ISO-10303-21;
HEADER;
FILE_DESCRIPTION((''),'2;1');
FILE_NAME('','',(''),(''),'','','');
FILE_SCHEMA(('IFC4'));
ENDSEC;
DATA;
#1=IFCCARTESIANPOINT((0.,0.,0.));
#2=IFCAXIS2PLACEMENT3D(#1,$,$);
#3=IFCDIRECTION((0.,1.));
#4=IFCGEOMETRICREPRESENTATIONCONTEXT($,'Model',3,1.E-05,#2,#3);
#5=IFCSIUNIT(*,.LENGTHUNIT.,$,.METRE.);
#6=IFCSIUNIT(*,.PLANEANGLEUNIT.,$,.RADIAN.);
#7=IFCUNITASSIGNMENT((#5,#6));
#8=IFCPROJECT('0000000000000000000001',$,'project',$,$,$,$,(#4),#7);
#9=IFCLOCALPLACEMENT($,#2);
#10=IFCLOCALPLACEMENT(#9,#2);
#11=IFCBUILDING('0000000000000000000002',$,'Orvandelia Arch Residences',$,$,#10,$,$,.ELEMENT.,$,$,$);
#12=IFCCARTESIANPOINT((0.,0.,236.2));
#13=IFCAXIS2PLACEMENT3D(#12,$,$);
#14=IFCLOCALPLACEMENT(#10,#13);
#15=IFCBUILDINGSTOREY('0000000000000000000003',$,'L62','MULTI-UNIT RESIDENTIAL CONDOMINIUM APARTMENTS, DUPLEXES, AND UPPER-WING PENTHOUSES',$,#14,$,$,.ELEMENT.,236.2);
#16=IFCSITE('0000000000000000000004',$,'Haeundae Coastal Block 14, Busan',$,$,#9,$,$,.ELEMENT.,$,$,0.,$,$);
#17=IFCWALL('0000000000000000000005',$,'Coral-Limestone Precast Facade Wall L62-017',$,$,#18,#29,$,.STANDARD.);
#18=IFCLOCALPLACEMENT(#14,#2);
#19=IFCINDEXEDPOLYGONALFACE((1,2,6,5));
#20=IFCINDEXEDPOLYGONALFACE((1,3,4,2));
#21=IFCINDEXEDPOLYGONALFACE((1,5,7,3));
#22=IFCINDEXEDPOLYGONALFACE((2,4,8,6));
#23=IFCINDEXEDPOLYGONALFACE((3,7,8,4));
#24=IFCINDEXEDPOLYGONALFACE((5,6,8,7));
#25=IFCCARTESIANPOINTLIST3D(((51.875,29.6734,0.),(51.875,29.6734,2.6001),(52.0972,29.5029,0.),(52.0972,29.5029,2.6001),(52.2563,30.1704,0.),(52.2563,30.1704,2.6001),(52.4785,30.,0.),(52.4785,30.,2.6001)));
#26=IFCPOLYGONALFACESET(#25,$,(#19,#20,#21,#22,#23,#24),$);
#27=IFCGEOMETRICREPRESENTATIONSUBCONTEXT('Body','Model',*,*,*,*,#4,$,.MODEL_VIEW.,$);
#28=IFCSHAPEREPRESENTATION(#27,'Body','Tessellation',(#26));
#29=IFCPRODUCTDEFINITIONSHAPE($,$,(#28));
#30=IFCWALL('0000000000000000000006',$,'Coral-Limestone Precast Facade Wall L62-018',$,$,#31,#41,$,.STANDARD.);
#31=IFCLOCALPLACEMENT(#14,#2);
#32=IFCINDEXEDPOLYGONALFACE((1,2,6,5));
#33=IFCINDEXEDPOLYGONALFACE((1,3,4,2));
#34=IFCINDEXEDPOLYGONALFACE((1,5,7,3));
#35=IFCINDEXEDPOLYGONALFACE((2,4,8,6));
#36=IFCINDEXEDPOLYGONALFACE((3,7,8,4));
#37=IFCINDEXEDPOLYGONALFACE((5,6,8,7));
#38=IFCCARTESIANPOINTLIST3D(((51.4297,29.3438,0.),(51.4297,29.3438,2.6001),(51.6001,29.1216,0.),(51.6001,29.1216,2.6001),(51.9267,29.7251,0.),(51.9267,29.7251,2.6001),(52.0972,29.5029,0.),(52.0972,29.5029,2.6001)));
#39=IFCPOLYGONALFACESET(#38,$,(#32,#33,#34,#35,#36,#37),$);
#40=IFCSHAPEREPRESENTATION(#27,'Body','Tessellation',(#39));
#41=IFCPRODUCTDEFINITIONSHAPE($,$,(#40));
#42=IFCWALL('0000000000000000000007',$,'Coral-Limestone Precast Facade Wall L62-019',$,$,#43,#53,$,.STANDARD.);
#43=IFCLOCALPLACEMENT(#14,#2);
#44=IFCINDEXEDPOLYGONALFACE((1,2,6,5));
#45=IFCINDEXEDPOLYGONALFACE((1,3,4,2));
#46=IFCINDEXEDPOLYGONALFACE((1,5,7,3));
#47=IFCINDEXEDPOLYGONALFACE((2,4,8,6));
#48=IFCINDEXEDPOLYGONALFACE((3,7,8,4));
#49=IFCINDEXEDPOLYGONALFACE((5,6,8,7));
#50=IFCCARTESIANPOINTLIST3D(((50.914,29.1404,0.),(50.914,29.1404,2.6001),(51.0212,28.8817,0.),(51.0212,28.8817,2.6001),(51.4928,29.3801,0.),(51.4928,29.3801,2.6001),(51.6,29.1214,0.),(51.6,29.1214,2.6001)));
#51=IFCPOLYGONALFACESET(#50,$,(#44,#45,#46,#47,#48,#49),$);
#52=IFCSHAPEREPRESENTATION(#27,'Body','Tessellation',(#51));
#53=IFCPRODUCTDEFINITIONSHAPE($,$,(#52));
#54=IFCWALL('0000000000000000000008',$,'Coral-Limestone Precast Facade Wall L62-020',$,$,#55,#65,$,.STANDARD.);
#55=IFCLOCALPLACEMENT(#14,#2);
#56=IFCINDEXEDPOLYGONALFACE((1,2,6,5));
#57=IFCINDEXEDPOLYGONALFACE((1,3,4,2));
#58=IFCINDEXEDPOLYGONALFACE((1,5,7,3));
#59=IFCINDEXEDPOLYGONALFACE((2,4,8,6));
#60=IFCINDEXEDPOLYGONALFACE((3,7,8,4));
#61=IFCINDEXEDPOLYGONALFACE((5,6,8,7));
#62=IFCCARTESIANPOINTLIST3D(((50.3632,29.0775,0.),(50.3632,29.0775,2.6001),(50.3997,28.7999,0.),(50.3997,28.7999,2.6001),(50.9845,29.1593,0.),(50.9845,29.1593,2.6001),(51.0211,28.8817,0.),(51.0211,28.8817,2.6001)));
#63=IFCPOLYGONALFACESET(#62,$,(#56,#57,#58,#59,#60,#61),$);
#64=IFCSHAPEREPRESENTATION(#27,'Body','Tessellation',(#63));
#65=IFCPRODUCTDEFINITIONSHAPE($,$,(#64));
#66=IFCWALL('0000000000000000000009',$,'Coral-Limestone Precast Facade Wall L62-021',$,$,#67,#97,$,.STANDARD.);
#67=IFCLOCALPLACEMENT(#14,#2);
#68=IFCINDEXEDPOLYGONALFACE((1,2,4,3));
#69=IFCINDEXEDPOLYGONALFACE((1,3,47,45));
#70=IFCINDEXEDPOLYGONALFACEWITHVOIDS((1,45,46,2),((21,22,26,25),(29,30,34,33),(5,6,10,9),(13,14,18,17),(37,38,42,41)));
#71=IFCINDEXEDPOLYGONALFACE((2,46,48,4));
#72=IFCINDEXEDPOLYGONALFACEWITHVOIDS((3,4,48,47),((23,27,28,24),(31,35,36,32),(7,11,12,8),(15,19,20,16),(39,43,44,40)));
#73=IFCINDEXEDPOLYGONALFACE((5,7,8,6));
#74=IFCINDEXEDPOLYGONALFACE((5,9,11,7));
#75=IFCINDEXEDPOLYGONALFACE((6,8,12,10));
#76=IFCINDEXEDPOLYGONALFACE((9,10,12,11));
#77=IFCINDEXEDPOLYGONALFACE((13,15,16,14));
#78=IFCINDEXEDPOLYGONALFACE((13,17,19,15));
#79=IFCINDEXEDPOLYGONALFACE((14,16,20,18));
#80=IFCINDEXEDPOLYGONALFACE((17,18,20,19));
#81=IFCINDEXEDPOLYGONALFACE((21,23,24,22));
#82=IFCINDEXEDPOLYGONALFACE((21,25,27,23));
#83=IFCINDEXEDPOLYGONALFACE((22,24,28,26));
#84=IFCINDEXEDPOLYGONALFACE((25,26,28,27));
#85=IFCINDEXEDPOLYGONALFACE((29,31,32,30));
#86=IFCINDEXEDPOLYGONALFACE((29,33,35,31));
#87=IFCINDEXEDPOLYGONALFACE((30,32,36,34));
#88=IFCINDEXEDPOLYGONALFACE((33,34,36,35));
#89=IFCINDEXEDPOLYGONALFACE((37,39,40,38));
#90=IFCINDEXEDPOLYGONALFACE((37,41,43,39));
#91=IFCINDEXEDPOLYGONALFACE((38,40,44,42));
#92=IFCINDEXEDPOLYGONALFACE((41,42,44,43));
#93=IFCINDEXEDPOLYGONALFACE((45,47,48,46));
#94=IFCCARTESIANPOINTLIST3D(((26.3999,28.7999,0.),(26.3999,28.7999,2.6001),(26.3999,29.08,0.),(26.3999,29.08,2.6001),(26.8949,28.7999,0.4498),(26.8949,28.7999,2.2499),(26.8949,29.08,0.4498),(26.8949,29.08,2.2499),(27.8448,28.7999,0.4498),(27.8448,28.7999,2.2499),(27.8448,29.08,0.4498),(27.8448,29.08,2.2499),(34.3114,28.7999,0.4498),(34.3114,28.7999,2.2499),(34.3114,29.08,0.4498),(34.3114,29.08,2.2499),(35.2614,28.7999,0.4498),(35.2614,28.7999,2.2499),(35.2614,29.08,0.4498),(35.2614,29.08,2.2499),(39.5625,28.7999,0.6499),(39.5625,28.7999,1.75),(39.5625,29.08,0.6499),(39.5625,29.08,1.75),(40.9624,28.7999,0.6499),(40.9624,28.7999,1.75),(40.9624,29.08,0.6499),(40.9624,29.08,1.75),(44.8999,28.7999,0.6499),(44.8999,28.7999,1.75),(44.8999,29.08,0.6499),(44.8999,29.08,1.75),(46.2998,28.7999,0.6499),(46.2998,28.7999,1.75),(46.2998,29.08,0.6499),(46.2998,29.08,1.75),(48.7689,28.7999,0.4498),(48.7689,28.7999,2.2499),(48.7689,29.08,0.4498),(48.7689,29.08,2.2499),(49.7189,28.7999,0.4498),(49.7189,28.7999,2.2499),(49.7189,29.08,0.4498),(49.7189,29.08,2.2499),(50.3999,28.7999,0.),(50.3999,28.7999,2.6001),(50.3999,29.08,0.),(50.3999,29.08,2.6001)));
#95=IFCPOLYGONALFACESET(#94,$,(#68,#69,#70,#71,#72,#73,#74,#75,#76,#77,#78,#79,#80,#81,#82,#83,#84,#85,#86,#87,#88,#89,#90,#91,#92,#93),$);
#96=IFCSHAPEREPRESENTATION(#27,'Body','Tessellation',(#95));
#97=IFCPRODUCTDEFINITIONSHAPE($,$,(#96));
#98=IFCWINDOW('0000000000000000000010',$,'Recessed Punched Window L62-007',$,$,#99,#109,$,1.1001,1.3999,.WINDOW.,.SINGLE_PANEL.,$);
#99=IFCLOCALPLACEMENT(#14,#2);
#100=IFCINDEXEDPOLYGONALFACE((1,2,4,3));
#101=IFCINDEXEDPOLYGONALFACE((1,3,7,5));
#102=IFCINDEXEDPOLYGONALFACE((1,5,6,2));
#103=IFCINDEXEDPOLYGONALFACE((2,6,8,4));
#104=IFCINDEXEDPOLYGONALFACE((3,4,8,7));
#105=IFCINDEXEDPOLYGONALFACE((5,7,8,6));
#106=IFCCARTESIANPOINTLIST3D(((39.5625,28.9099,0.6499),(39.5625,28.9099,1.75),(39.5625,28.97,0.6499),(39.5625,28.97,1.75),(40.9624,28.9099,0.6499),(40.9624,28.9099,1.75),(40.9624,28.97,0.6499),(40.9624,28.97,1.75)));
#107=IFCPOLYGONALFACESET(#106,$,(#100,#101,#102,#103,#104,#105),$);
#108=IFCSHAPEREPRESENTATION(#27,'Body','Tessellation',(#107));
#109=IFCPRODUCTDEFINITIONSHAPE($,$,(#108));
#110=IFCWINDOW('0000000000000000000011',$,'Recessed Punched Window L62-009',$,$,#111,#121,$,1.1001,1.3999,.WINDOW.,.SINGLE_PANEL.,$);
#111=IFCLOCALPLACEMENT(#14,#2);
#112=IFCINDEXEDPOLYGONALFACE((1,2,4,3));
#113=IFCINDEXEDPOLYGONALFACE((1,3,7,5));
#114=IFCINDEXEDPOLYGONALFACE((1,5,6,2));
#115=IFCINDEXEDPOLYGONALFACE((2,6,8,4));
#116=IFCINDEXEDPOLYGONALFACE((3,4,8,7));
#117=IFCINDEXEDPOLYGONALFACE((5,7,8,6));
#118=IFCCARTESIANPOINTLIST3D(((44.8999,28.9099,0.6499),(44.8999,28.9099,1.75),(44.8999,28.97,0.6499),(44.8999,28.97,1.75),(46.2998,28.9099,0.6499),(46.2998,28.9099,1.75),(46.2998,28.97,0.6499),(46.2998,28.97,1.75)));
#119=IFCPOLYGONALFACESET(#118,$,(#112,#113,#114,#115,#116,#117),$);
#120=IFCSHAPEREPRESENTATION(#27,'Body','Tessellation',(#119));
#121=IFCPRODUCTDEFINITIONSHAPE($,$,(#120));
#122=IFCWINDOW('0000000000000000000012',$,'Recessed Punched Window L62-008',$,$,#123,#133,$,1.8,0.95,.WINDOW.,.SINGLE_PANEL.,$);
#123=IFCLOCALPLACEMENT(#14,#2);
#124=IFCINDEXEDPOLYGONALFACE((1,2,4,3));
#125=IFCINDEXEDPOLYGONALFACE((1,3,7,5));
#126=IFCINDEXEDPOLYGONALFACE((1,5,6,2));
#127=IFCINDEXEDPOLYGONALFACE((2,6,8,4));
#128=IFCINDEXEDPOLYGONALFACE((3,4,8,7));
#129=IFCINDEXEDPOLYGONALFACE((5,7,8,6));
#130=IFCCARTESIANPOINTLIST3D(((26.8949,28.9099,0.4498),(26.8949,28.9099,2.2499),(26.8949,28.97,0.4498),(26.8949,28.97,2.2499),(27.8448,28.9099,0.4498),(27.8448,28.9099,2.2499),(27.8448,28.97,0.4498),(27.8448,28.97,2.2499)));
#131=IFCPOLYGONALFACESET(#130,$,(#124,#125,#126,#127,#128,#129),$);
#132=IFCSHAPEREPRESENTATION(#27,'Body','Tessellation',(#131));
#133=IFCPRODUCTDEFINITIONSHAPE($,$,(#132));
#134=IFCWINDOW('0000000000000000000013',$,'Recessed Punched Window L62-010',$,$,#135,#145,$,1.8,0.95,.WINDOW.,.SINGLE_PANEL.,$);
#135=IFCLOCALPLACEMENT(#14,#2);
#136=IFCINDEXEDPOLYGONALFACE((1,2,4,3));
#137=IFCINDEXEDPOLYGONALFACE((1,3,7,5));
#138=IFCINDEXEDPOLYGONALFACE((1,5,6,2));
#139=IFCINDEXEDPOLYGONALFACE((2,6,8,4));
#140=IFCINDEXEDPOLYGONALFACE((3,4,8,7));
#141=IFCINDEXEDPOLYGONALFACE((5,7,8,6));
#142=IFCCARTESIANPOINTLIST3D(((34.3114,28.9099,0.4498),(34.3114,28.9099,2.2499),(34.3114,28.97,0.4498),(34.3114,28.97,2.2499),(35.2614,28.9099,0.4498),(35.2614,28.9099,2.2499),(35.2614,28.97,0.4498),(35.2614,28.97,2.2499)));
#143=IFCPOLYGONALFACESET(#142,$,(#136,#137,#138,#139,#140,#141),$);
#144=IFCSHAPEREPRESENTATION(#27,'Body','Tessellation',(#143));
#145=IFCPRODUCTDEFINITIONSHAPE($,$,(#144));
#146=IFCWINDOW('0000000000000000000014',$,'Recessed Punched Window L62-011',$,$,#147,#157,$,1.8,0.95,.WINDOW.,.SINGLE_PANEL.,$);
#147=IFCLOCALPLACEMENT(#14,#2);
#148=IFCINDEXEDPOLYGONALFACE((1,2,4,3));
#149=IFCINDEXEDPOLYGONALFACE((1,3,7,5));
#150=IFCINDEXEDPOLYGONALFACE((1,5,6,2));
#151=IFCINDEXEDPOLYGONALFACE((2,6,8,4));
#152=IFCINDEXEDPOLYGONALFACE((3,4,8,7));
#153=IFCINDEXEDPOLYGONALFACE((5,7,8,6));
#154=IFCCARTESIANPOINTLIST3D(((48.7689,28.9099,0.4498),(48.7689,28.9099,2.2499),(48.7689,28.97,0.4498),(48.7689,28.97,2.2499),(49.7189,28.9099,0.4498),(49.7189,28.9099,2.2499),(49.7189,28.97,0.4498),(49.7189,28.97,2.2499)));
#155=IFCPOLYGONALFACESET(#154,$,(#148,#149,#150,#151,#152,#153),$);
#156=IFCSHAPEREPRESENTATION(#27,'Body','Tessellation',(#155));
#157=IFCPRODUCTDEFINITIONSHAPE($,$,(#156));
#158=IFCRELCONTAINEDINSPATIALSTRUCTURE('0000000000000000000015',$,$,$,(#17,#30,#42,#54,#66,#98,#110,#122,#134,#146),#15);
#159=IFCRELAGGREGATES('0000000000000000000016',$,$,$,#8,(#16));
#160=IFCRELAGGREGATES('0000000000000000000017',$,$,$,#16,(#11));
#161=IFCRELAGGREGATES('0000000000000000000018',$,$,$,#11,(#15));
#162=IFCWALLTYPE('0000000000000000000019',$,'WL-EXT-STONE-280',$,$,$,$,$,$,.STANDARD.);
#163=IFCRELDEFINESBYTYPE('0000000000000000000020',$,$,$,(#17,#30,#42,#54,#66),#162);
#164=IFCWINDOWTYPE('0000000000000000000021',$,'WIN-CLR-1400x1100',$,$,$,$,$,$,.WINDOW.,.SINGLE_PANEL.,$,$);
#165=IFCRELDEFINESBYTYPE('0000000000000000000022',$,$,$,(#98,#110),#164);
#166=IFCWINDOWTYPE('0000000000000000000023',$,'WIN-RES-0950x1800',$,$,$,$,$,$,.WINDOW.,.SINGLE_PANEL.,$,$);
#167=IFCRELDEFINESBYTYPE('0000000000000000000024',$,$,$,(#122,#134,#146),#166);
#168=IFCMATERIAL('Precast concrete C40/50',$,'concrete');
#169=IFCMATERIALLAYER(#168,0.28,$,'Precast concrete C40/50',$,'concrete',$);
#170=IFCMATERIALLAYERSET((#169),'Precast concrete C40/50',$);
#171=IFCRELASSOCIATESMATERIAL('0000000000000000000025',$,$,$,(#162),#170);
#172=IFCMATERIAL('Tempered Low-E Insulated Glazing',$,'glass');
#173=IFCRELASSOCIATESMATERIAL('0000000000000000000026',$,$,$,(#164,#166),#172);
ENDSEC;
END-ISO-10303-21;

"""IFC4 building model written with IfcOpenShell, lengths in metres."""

from ifc_helpers import new_model, si_unit, direction, frame, frame_2d, origin, place, context, subcontext, project, spatial, rectangle, extrude, material, layer, layer_set, type_object, element, fill, save


model = new_model("IFC4")

# Units and contexts
model_context = context("Model", 3, precision=1e-05, world=origin(), true_north=direction((0.0, 1.0)))
body_context = subcontext(model_context, "Body", "Model", "MODEL_VIEW")
ifc_project = project(units=[si_unit("LENGTHUNIT", "METRE"), si_unit("PLANEANGLEUNIT", "RADIAN")], contexts=[model_context])

# Site, building, storey
site_placement = place(None, origin())
site = spatial("IfcSite", under=ifc_project, at=site_placement, Name="Haeundae Coastal Block 14, Busan", CompositionType="ELEMENT", RefElevation=0.0)
building_placement = place(site_placement, origin())
building = spatial("IfcBuilding", under=site, at=building_placement, Name="Orvandelia Arch Residences", CompositionType="ELEMENT")
storey_placement = place(building_placement, frame((0.0, 0.0, 236.2)))
storey = spatial("IfcBuildingStorey", under=building, at=storey_placement, Name="L62", Description="MULTI-UNIT RESIDENTIAL CONDOMINIUM APARTMENTS, DUPLEXES, AND UPPER-WING PENTHOUSES", CompositionType="ELEMENT", Elevation=236.2)

# Walls
ifc_material_1 = material(Name="Precast concrete C40/50", Category="concrete")
ifc_layer_1 = layer(ifc_material_1, 0.28, Name="Precast concrete C40/50", Category="concrete")
ifc_layer_set_1 = layer_set([ifc_layer_1], Name="Precast concrete C40/50")
wall_type_1 = type_object("IfcWallType", Name="WL-EXT-STONE-280", PredefinedType="STANDARD", material=ifc_layer_set_1)
for number, where, z_axis, x_axis, name in (
    (1, (52.3674, 30.0852, 0.0), (0.0, 0.0, 1.0), (-0.608693, -0.793406, 0.0), "Coral-Limestone Precast Facade Wall L62-017"),
    (2, (52.012, 29.614, 0.0), (0.0, 0.0, 1.0), (-0.793406, -0.608693, 0.0), "Coral-Limestone Precast Facade Wall L62-018"),
    (3, (51.5464, 29.2507, 0.0), (0.0, 0.0, 1.0), (-0.923893, -0.38265, 0.0), "Coral-Limestone Precast Facade Wall L62-019"),
):
    element("IfcWall", number, at=place(storey_placement, frame(where, z_axis=z_axis, x_axis=x_axis)), inside=storey, type_object=wall_type_1, Name=name, PredefinedType="STANDARD", context=body_context, shape_type="SweptSolid", body=[
        extrude(rectangle(XDim=0.6265, YDim=0.28, at=frame_2d((0.3132, 0.0))), origin(), (0.0, 0.0, 1.0), 2.6001),
    ])
wall_1_placement = place(storey_placement, frame((51.0029, 29.0205, 0.0), z_axis=(0.0, 0.0, 1.0), x_axis=(-0.991448, -0.130505, 0.0)))
element("IfcWall", 4, at=wall_1_placement, inside=storey, type_object=wall_type_1, Name="Coral-Limestone Precast Facade Wall L62-020", PredefinedType="STANDARD", context=body_context, shape_type="SweptSolid", body=[
    extrude(rectangle(XDim=0.6267, YDim=0.28, at=frame_2d((0.3135, 0.0))), origin(), (0.0, 0.0, 1.0), 2.6001),
])

# Wall, openings, windows
wall_2_placement = place(storey_placement, frame((50.3999, 28.9399, 0.0), z_axis=(0.0, 0.0, 1.0), x_axis=(-1.0, 0.0, 0.0)))
wall_2 = element("IfcWall", 5, at=wall_2_placement, inside=storey, type_object=wall_type_1, Name="Coral-Limestone Precast Facade Wall L62-021", PredefinedType="STANDARD", context=body_context, shape_type="SweptSolid", body=[
    extrude(rectangle(XDim=24.0, YDim=0.28, at=frame_2d((12.0, 0.0))), origin(), (0.0, 0.0, 1.0), 2.6001),
])
opening_1_placement = place(wall_2_placement, frame((9.4375, 0.0, 0.6499)))
opening_1 = element("IfcOpeningElement", 6, at=opening_1_placement, cuts=wall_2, PredefinedType="OPENING", context=body_context, shape_type="SweptSolid", body=[
    extrude(rectangle(XDim=1.3999, YDim=1.1001, at=frame_2d((0.7, 0.55))), frame((0.0, 0.1499, 0.0), z_axis=(0.0, -1.0, 0.0), x_axis=(1.0, 0.0, 0.0)), (0.0, 0.0, 1.0), 0.3),
])
opening_2_placement = place(wall_2_placement, frame((22.5549, 0.0, 0.45)))
opening_2 = element("IfcOpeningElement", 7, at=opening_2_placement, cuts=wall_2, PredefinedType="OPENING", context=body_context, shape_type="SweptSolid", body=[
    extrude(rectangle(XDim=0.95, YDim=1.8, at=frame_2d((0.4751, 0.8999))), frame((0.0, 0.1499, 0.0), z_axis=(0.0, -1.0, 0.0), x_axis=(1.0, 0.0, 0.0)), (0.0, 0.0, 1.0), 0.3),
])
opening_3_placement = place(wall_2_placement, frame((4.1001, 0.0, 0.6499)))
opening_3 = element("IfcOpeningElement", 8, at=opening_3_placement, cuts=wall_2, PredefinedType="OPENING", context=body_context, shape_type="SweptSolid", body=[
    extrude(rectangle(XDim=1.3999, YDim=1.1001, at=frame_2d((0.7, 0.55))), frame((0.0, 0.1499, 0.0), z_axis=(0.0, -1.0, 0.0), x_axis=(1.0, 0.0, 0.0)), (0.0, 0.0, 1.0), 0.3),
])
opening_4_placement = place(wall_2_placement, frame((15.1384, 0.0, 0.45)))
opening_4 = element("IfcOpeningElement", 9, at=opening_4_placement, cuts=wall_2, PredefinedType="OPENING", context=body_context, shape_type="SweptSolid", body=[
    extrude(rectangle(XDim=0.95, YDim=1.8, at=frame_2d((0.4751, 0.8999))), frame((0.0, 0.1499, 0.0), z_axis=(0.0, -1.0, 0.0), x_axis=(1.0, 0.0, 0.0)), (0.0, 0.0, 1.0), 0.3),
])
opening_5_placement = place(wall_2_placement, frame((0.6809, 0.0, 0.45)))
opening_5 = element("IfcOpeningElement", 10, at=opening_5_placement, cuts=wall_2, PredefinedType="OPENING", context=body_context, shape_type="SweptSolid", body=[
    extrude(rectangle(XDim=0.95, YDim=1.8, at=frame_2d((0.4751, 0.8999))), frame((0.0, 0.1499, 0.0), z_axis=(0.0, -1.0, 0.0), x_axis=(1.0, 0.0, 0.0)), (0.0, 0.0, 1.0), 0.3),
])
ifc_material_2 = material(Name="Tempered Low-E Insulated Glazing", Category="glass")
window_type_1 = type_object("IfcWindowType", Name="WIN-CLR-1400x1100", PartitioningType="SINGLE_PANEL", PredefinedType="WINDOW", material=ifc_material_2)
window_1_placement = place(opening_1_placement, origin())
window_1 = element("IfcWindow", 11, at=window_1_placement, inside=storey, type_object=window_type_1, Name="Recessed Punched Window L62-007", OverallHeight=1.1001, OverallWidth=1.3999, PartitioningType="SINGLE_PANEL", PredefinedType="WINDOW", context=body_context, shape_type="SweptSolid", body=[
    extrude(rectangle(XDim=1.3999, YDim=1.1001, at=frame_2d((0.7, 0.55))), frame((0.0, 0.03, 0.0), z_axis=(0.0, -1.0, 0.0), x_axis=(1.0, 0.0, 0.0)), (0.0, 0.0, 1.0), 0.0601),
])
fill(opening_1, window_1)
window_2_placement = place(opening_3_placement, origin())
window_2 = element("IfcWindow", 12, at=window_2_placement, inside=storey, type_object=window_type_1, Name="Recessed Punched Window L62-009", OverallHeight=1.1001, OverallWidth=1.3999, PartitioningType="SINGLE_PANEL", PredefinedType="WINDOW", context=body_context, shape_type="SweptSolid", body=[
    extrude(rectangle(XDim=1.3999, YDim=1.1001, at=frame_2d((0.7, 0.55))), frame((0.0, 0.03, 0.0), z_axis=(0.0, -1.0, 0.0), x_axis=(1.0, 0.0, 0.0)), (0.0, 0.0, 1.0), 0.0601),
])
fill(opening_3, window_2)
window_type_2 = type_object("IfcWindowType", Name="WIN-RES-0950x1800", PartitioningType="SINGLE_PANEL", PredefinedType="WINDOW", material=ifc_material_2)
window_3_placement = place(opening_2_placement, origin())
window_3 = element("IfcWindow", 13, at=window_3_placement, inside=storey, type_object=window_type_2, Name="Recessed Punched Window L62-008", OverallHeight=1.8, OverallWidth=0.95, PartitioningType="SINGLE_PANEL", PredefinedType="WINDOW", context=body_context, shape_type="SweptSolid", body=[
    extrude(rectangle(XDim=0.95, YDim=1.8, at=frame_2d((0.4751, 0.8999))), frame((0.0, 0.03, 0.0), z_axis=(0.0, -1.0, 0.0), x_axis=(1.0, 0.0, 0.0)), (0.0, 0.0, 1.0), 0.0601),
])
fill(opening_2, window_3)
window_4_placement = place(opening_4_placement, origin())
window_4 = element("IfcWindow", 14, at=window_4_placement, inside=storey, type_object=window_type_2, Name="Recessed Punched Window L62-010", OverallHeight=1.8, OverallWidth=0.95, PartitioningType="SINGLE_PANEL", PredefinedType="WINDOW", context=body_context, shape_type="SweptSolid", body=[
    extrude(rectangle(XDim=0.95, YDim=1.8, at=frame_2d((0.4751, 0.8999))), frame((0.0, 0.03, 0.0), z_axis=(0.0, -1.0, 0.0), x_axis=(1.0, 0.0, 0.0)), (0.0, 0.0, 1.0), 0.0601),
])
fill(opening_4, window_4)
window_5_placement = place(opening_5_placement, origin())
window_5 = element("IfcWindow", 15, at=window_5_placement, inside=storey, type_object=window_type_2, Name="Recessed Punched Window L62-011", OverallHeight=1.8, OverallWidth=0.95, PartitioningType="SINGLE_PANEL", PredefinedType="WINDOW", context=body_context, shape_type="SweptSolid", body=[
    extrude(rectangle(XDim=0.95, YDim=1.8, at=frame_2d((0.4751, 0.8999))), frame((0.0, 0.03, 0.0), z_axis=(0.0, -1.0, 0.0), x_axis=(1.0, 0.0, 0.0)), (0.0, 0.0, 1.0), 0.0601),
])
fill(opening_5, window_5)

save(model, "model.ifc")
